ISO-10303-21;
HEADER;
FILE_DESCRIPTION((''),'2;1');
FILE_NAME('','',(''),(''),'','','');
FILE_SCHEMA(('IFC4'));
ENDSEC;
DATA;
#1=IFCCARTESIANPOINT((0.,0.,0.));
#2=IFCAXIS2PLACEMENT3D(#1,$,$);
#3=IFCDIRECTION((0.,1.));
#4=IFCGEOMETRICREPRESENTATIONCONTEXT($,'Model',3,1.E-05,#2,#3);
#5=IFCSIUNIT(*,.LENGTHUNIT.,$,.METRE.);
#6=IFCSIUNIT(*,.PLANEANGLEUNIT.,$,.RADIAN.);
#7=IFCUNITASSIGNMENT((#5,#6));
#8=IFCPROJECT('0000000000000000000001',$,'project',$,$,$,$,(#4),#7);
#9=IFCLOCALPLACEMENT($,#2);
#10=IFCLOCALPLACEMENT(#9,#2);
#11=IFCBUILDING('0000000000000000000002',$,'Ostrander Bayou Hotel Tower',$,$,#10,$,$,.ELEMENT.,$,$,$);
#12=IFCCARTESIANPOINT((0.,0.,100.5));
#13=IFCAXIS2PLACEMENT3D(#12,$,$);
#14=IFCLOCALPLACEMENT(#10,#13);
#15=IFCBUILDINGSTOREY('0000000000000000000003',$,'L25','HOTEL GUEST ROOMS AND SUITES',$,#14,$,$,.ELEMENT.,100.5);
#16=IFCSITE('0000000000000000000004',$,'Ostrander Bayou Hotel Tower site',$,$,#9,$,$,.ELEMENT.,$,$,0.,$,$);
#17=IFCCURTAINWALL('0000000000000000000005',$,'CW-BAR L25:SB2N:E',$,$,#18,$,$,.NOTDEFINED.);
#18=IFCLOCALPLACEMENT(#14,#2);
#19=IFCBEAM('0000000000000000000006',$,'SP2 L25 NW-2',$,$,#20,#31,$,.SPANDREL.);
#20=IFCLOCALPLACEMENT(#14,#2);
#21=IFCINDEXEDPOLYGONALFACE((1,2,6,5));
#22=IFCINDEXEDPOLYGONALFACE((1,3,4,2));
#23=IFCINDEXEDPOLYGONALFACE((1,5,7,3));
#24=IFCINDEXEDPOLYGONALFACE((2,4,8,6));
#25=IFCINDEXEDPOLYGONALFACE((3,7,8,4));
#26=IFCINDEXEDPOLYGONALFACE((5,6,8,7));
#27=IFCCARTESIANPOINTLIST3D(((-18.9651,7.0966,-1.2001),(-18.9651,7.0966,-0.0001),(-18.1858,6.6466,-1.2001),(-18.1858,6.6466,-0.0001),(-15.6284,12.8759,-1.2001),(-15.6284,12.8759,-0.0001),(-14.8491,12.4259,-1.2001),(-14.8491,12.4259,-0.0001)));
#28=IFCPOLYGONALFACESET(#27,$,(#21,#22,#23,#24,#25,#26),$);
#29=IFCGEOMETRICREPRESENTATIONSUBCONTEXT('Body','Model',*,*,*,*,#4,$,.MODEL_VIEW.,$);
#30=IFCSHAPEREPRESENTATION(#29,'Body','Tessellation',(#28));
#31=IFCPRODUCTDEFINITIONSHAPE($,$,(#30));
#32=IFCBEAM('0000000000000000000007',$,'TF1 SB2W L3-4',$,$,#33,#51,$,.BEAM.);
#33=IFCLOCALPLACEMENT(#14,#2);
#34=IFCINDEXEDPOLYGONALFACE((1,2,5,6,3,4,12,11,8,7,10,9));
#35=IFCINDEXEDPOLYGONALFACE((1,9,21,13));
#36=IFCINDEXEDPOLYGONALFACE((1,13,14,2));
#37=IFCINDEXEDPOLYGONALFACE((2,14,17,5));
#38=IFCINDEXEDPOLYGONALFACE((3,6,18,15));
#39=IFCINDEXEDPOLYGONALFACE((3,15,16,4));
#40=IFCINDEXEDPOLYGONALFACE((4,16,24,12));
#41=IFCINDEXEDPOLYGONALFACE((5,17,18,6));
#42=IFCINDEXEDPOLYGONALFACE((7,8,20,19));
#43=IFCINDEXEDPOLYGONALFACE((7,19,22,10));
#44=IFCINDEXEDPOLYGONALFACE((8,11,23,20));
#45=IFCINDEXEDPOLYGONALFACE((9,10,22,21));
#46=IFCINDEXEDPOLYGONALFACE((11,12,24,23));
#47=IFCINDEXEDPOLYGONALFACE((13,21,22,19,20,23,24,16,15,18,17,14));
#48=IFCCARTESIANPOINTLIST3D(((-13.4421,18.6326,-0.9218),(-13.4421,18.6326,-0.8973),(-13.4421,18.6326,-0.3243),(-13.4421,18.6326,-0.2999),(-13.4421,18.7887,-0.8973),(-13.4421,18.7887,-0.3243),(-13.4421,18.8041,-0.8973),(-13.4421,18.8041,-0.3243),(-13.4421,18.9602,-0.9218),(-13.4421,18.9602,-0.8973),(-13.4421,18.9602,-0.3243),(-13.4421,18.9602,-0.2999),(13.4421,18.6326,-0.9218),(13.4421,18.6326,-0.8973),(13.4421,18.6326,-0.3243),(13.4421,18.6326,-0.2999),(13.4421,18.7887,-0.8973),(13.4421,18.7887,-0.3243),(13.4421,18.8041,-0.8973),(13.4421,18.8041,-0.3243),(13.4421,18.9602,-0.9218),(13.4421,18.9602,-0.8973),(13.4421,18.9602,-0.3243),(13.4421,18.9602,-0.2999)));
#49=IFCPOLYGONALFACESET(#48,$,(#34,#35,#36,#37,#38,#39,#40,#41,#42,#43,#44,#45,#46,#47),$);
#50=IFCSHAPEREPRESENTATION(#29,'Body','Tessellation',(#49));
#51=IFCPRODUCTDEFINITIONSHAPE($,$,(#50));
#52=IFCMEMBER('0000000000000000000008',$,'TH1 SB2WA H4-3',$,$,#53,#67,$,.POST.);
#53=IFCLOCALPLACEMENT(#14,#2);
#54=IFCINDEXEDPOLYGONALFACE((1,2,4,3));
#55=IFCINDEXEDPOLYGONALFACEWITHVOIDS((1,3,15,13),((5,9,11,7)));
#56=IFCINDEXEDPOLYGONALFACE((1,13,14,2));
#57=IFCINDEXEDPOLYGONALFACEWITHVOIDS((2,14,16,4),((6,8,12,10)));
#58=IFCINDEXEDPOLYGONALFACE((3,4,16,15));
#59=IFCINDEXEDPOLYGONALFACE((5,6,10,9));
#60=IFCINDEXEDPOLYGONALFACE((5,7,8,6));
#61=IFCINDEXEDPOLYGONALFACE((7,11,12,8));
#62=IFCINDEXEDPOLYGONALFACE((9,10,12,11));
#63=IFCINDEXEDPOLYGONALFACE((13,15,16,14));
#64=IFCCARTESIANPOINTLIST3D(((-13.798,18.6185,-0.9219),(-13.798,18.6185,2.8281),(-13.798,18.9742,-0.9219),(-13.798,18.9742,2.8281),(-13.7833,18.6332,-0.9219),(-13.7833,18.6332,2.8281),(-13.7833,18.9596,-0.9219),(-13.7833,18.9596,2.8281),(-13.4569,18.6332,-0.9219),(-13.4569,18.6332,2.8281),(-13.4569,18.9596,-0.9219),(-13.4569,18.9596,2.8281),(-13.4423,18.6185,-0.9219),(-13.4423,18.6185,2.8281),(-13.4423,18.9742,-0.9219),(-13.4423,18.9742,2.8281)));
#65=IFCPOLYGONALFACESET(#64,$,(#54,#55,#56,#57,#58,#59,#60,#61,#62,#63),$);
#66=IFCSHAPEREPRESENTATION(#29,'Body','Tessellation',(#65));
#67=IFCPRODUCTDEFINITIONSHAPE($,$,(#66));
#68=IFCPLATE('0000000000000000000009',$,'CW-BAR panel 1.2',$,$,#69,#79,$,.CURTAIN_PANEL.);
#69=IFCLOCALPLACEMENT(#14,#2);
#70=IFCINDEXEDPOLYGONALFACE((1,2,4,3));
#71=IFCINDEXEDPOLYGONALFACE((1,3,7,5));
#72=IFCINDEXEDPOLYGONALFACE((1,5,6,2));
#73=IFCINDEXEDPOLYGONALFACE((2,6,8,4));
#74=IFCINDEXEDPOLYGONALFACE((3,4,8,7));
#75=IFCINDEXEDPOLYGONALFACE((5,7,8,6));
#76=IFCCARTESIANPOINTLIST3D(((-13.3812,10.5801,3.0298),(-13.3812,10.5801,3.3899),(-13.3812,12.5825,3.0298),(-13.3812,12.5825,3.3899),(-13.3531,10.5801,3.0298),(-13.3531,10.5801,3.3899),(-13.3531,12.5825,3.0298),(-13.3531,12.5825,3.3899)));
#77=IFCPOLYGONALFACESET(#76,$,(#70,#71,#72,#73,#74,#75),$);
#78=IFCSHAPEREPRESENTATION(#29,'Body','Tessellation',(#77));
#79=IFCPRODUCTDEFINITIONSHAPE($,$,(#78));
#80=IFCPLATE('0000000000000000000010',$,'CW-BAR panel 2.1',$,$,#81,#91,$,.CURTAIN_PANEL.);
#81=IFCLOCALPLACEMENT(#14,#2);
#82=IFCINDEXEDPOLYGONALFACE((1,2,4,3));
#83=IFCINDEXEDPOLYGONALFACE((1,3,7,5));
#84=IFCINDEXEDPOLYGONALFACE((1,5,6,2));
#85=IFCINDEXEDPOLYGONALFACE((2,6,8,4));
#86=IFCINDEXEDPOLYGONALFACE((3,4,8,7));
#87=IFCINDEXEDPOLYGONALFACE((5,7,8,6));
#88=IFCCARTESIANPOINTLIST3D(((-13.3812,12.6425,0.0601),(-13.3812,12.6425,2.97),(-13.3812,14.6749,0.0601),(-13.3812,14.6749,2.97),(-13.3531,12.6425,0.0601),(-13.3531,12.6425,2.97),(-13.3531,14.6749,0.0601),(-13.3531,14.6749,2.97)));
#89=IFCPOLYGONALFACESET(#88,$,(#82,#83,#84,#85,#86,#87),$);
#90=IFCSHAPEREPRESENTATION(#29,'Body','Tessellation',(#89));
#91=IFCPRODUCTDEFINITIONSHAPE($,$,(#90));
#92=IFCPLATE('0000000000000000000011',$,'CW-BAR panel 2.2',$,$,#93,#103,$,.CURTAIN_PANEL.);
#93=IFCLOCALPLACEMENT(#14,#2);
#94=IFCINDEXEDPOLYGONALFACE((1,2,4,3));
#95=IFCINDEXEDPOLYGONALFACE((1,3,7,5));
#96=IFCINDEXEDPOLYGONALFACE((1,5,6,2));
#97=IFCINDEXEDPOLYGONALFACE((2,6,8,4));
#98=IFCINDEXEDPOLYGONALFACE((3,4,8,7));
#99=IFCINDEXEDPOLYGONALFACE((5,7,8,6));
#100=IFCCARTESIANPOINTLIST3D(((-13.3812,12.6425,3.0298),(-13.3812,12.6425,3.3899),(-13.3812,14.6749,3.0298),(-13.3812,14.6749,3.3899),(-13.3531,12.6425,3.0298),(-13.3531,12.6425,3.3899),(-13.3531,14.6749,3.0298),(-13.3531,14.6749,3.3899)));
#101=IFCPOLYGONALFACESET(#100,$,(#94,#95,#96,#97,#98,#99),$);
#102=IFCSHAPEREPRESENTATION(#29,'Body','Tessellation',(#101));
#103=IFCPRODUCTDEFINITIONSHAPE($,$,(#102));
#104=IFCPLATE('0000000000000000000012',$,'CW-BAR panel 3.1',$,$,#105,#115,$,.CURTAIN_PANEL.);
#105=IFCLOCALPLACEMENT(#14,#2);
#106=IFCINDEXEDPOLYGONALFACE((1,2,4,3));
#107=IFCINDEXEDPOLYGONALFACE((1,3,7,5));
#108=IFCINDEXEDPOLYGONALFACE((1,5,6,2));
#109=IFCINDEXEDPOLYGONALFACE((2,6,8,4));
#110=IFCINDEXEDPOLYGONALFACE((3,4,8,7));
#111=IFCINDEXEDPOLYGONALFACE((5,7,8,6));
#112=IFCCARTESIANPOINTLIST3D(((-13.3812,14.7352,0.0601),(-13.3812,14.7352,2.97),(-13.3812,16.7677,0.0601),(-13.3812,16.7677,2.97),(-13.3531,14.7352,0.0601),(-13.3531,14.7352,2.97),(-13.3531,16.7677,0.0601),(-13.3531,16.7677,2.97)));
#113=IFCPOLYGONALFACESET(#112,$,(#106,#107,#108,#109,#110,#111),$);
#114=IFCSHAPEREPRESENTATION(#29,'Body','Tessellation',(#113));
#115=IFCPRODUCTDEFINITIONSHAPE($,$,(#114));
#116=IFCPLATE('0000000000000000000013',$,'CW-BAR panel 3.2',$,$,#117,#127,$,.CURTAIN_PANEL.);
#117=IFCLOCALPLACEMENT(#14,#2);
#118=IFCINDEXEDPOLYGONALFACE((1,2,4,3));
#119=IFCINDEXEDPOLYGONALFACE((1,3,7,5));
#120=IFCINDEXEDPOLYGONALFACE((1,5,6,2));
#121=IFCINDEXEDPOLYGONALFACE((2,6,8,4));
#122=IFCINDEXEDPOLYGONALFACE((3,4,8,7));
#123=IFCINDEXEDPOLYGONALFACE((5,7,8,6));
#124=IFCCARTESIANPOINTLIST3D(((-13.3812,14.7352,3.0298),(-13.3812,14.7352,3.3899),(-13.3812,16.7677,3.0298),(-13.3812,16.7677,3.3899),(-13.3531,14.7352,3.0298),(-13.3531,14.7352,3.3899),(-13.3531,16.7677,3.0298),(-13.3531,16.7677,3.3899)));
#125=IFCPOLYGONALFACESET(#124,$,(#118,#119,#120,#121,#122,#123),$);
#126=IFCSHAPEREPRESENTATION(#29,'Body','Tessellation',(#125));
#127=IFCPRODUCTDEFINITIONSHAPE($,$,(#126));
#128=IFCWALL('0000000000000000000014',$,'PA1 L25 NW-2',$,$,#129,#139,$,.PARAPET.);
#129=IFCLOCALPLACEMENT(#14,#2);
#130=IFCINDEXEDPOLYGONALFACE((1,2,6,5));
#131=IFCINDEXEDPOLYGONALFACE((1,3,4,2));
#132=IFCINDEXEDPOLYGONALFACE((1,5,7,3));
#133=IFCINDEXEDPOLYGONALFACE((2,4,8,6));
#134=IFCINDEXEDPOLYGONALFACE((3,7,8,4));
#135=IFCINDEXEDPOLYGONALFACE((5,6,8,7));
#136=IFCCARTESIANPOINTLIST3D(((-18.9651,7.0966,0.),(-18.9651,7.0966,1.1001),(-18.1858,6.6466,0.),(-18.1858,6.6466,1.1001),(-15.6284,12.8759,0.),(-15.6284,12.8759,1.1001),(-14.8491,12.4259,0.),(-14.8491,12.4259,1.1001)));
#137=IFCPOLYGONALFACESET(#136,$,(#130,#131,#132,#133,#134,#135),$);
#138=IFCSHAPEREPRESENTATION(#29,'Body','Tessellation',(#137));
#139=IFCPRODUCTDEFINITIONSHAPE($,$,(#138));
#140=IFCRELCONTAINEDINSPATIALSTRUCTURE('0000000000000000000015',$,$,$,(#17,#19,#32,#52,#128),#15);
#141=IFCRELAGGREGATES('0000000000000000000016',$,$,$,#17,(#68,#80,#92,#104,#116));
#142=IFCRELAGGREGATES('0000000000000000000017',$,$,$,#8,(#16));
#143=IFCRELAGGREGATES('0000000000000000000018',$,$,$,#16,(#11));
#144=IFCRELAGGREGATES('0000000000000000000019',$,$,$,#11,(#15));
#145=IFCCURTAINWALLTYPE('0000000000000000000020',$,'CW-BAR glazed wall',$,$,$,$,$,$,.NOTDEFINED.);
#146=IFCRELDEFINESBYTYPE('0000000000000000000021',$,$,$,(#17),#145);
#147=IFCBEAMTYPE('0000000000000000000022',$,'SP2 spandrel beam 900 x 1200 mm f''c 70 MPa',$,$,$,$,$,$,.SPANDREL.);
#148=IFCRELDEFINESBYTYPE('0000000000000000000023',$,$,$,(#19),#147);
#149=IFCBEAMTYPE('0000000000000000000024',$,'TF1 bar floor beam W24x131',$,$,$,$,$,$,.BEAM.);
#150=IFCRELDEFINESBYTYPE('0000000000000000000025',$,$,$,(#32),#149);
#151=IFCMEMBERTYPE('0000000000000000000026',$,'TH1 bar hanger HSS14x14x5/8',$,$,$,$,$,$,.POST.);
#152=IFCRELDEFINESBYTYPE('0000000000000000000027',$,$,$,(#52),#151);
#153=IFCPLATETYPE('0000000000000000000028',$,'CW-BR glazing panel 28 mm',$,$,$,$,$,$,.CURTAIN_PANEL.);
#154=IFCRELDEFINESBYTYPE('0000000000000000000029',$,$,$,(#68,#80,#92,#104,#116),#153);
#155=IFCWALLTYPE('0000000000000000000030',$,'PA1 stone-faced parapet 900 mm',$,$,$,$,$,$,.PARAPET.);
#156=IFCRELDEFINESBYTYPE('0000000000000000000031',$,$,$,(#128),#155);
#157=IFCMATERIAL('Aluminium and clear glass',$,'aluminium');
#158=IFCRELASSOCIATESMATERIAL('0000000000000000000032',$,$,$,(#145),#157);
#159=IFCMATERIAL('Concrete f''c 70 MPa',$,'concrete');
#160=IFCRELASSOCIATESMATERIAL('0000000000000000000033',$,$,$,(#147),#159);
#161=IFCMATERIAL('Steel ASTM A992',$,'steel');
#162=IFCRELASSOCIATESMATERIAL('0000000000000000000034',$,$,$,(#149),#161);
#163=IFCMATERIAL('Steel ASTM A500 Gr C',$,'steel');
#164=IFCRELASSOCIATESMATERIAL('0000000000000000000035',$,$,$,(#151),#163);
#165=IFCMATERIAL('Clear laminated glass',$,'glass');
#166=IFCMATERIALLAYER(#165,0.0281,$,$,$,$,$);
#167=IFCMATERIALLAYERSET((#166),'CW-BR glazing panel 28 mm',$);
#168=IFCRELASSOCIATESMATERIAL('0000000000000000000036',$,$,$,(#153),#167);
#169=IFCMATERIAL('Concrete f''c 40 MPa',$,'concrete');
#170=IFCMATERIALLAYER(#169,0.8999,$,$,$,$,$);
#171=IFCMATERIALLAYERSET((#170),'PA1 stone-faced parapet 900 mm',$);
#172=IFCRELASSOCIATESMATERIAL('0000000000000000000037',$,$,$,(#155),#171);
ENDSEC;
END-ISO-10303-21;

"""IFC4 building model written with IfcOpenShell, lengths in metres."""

from ifc_helpers import new_model, si_unit, direction, frame, frame_2d, origin, origin_2d, place, context, subcontext, project, spatial, rectangle, hollow_rectangle, i_section, extrude, material, layer, layer_set, material_profile, profile_set, type_object, element, aggregate, save


model = new_model("IFC4")

# Units and contexts
model_context = context("Model", 3, precision=1e-05, world=origin(), true_north=direction((0.0, 1.0)))
body_context = subcontext(model_context, "Body", "Model", "MODEL_VIEW")
ifc_project = project(units=[si_unit("LENGTHUNIT", "METRE"), si_unit("PLANEANGLEUNIT", "RADIAN")], contexts=[model_context])

# Site, building, storey
site_placement = place(None, origin())
site = spatial("IfcSite", under=ifc_project, at=site_placement, Name="Ostrander Bayou Hotel Tower site", CompositionType="ELEMENT", RefElevation=0.0)
building_placement = place(site_placement, origin())
building = spatial("IfcBuilding", under=site, at=building_placement, Name="Ostrander Bayou Hotel Tower", CompositionType="ELEMENT")
storey_placement = place(building_placement, frame((0.0, 0.0, 100.5)))
storey = spatial("IfcBuildingStorey", under=building, at=storey_placement, Name="L25", Description="HOTEL GUEST ROOMS AND SUITES", CompositionType="ELEMENT", Elevation=100.5)

# Curtain wall
ifc_material_1 = material(Name="Aluminium and clear glass", Category="aluminium")
curtain_wall_type = type_object("IfcCurtainWallType", Name="CW-BAR glazed wall", PredefinedType="NOTDEFINED", material=ifc_material_1)
curtain_wall_placement = place(storey_placement, origin())
curtain_wall = element("IfcCurtainWall", 1, at=curtain_wall_placement, inside=storey, type_object=curtain_wall_type, Name="CW-BAR L25:SB2N:E", PredefinedType="NOTDEFINED")

# Beams
ifc_material_2 = material(Name="Concrete f'c 70 MPa", Category="concrete")
ifc_material_profile_1 = material_profile(ifc_material_2, rectangle(XDim=0.8999, YDim=1.2, at=origin_2d()))
ifc_profile_set_1 = profile_set([ifc_material_profile_1], Name="Concrete f'c 70 MPa")
beam_type_1 = type_object("IfcBeamType", Name="SP2 spandrel beam 900 x 1200 mm f'c 70 MPa", PredefinedType="SPANDREL", material=ifc_profile_set_1)
beam_1_placement = place(storey_placement, frame((-15.2388, 12.6509, -0.6001), z_axis=(-0.499999, -0.866026, 0.0), x_axis=(0.866026, -0.499999, 0.0)))
element("IfcBeam", 2, at=beam_1_placement, inside=storey, type_object=beam_type_1, Name="SP2 L25 NW-2", PredefinedType="SPANDREL", context=body_context, shape_type="SweptSolid", body=[
    extrude(rectangle(XDim=0.8999, YDim=1.2, at=origin_2d()), origin(), (0.0, 0.0, 1.0), 6.6733),
])
ifc_material_3 = material(Name="Steel ASTM A992", Category="steel")
ifc_material_profile_2 = material_profile(ifc_material_3, i_section(OverallWidth=0.3276, OverallDepth=0.6218, WebThickness=0.0154, FlangeThickness=0.0244, at=origin_2d()))
ifc_profile_set_2 = profile_set([ifc_material_profile_2], Name="Steel ASTM A992")
beam_type_2 = type_object("IfcBeamType", Name="TF1 bar floor beam W24x131", PredefinedType="BEAM", material=ifc_profile_set_2)
beam_2_placement = place(storey_placement, frame((-13.4421, 18.7964, -0.6108), z_axis=(1.0, 0.0, 0.0), x_axis=(0.0, 1.0, 0.0)))
element("IfcBeam", 3, at=beam_2_placement, inside=storey, type_object=beam_type_2, Name="TF1 SB2W L3-4", PredefinedType="BEAM", context=body_context, shape_type="SweptSolid", body=[
    extrude(i_section(OverallWidth=0.3276, OverallDepth=0.6218, WebThickness=0.0154, FlangeThickness=0.0244, at=origin_2d()), origin(), (0.0, 0.0, 1.0), 26.8843),
])

# Member
ifc_material_4 = material(Name="Steel ASTM A500 Gr C", Category="steel")
ifc_material_profile_3 = material_profile(ifc_material_4, hollow_rectangle(XDim=0.3557, YDim=0.3557, WallThickness=0.0146, at=origin_2d()))
ifc_profile_set_3 = profile_set([ifc_material_profile_3], Name="Steel ASTM A500 Gr C")
member_type_1 = type_object("IfcMemberType", Name="TH1 bar hanger HSS14x14x5/8", PredefinedType="POST", material=ifc_profile_set_3)
member_1_placement = place(storey_placement, frame((-13.6201, 18.7964, -0.9219), z_axis=(0.0, 0.0, 1.0), x_axis=(1.0, 0.0, 0.0)))
element("IfcMember", 4, at=member_1_placement, inside=storey, type_object=member_type_1, Name="TH1 SB2WA H4-3", PredefinedType="POST", context=body_context, shape_type="SweptSolid", body=[
    extrude(hollow_rectangle(XDim=0.3557, YDim=0.3557, WallThickness=0.0146, at=origin_2d()), origin(), (0.0, 0.0, 1.0), 3.75),
])

# Plates
ifc_material_5 = material(Name="Clear laminated glass", Category="glass")
ifc_layer_1 = layer(ifc_material_5, 0.0281)
ifc_layer_set_1 = layer_set([ifc_layer_1], Name="CW-BR glazing panel 28 mm")
plate_type = type_object("IfcPlateType", Name="CW-BR glazing panel 28 mm", PredefinedType="CURTAIN_PANEL", material=ifc_layer_set_1)
plate_1_placement = place(storey_placement, frame((-13.3672, 11.5813, 3.0298), z_axis=(0.0, 0.0, 1.0), x_axis=(0.0, 1.0, 0.0)))
plate_1 = element("IfcPlate", 5, at=plate_1_placement, type_object=plate_type, Name="CW-BAR panel 1.2", PredefinedType="CURTAIN_PANEL", context=body_context, shape_type="SweptSolid", body=[
    extrude(rectangle(XDim=2.0024, YDim=0.0281, at=origin_2d()), origin(), (0.0, 0.0, 1.0), 0.3601),
])
plate_2_placement = place(storey_placement, frame((-13.3672, 13.6587, 0.0601), z_axis=(0.0, 0.0, 1.0), x_axis=(0.0, 1.0, 0.0)))
plate_2 = element("IfcPlate", 6, at=plate_2_placement, type_object=plate_type, Name="CW-BAR panel 2.1", PredefinedType="CURTAIN_PANEL", context=body_context, shape_type="SweptSolid", body=[
    extrude(rectangle(XDim=2.0325, YDim=0.0281, at=origin_2d()), origin(), (0.0, 0.0, 1.0), 2.9099),
])
plate_3_placement = place(storey_placement, frame((-13.3672, 13.6587, 3.0298), z_axis=(0.0, 0.0, 1.0), x_axis=(0.0, 1.0, 0.0)))
plate_3 = element("IfcPlate", 7, at=plate_3_placement, type_object=plate_type, Name="CW-BAR panel 2.2", PredefinedType="CURTAIN_PANEL", context=body_context, shape_type="SweptSolid", body=[
    extrude(rectangle(XDim=2.0325, YDim=0.0281, at=origin_2d()), origin(), (0.0, 0.0, 1.0), 0.3601),
])
plate_4_placement = place(storey_placement, frame((-13.3672, 15.7515, 0.0601), z_axis=(0.0, 0.0, 1.0), x_axis=(0.0, 1.0, 0.0)))
plate_4 = element("IfcPlate", 8, at=plate_4_placement, type_object=plate_type, Name="CW-BAR panel 3.1", PredefinedType="CURTAIN_PANEL", context=body_context, shape_type="SweptSolid", body=[
    extrude(rectangle(XDim=2.0325, YDim=0.0281, at=origin_2d()), origin(), (0.0, 0.0, 1.0), 2.9099),
])
plate_5_placement = place(storey_placement, frame((-13.3672, 15.7515, 3.0298), z_axis=(0.0, 0.0, 1.0), x_axis=(0.0, 1.0, 0.0)))
plate_5 = element("IfcPlate", 9, at=plate_5_placement, type_object=plate_type, Name="CW-BAR panel 3.2", PredefinedType="CURTAIN_PANEL", context=body_context, shape_type="SweptSolid", body=[
    extrude(rectangle(XDim=2.0325, YDim=0.0281, at=origin_2d()), origin(), (0.0, 0.0, 1.0), 0.3601),
])
aggregate(curtain_wall, [plate_1, plate_2, plate_3, plate_4, plate_5])

# Wall
ifc_material_6 = material(Name="Concrete f'c 40 MPa", Category="concrete")
ifc_layer_2 = layer(ifc_material_6, 0.8999)
ifc_layer_set_2 = layer_set([ifc_layer_2], Name="PA1 stone-faced parapet 900 mm")
wall_type = type_object("IfcWallType", Name="PA1 stone-faced parapet 900 mm", PredefinedType="PARAPET", material=ifc_layer_set_2)
wall_placement = place(storey_placement, frame((-15.2388, 12.6509, 0.0), z_axis=(0.0, 0.0, 1.0), x_axis=(-0.499999, -0.866026, 0.0)))
element("IfcWall", 10, at=wall_placement, inside=storey, type_object=wall_type, Name="PA1 L25 NW-2", PredefinedType="PARAPET", context=body_context, shape_type="SweptSolid", body=[
    extrude(rectangle(XDim=6.6733, YDim=0.8999, at=frame_2d((3.3367, 0.0))), origin(), (0.0, 0.0, 1.0), 1.1001),
])

save(model, "model.ifc")
